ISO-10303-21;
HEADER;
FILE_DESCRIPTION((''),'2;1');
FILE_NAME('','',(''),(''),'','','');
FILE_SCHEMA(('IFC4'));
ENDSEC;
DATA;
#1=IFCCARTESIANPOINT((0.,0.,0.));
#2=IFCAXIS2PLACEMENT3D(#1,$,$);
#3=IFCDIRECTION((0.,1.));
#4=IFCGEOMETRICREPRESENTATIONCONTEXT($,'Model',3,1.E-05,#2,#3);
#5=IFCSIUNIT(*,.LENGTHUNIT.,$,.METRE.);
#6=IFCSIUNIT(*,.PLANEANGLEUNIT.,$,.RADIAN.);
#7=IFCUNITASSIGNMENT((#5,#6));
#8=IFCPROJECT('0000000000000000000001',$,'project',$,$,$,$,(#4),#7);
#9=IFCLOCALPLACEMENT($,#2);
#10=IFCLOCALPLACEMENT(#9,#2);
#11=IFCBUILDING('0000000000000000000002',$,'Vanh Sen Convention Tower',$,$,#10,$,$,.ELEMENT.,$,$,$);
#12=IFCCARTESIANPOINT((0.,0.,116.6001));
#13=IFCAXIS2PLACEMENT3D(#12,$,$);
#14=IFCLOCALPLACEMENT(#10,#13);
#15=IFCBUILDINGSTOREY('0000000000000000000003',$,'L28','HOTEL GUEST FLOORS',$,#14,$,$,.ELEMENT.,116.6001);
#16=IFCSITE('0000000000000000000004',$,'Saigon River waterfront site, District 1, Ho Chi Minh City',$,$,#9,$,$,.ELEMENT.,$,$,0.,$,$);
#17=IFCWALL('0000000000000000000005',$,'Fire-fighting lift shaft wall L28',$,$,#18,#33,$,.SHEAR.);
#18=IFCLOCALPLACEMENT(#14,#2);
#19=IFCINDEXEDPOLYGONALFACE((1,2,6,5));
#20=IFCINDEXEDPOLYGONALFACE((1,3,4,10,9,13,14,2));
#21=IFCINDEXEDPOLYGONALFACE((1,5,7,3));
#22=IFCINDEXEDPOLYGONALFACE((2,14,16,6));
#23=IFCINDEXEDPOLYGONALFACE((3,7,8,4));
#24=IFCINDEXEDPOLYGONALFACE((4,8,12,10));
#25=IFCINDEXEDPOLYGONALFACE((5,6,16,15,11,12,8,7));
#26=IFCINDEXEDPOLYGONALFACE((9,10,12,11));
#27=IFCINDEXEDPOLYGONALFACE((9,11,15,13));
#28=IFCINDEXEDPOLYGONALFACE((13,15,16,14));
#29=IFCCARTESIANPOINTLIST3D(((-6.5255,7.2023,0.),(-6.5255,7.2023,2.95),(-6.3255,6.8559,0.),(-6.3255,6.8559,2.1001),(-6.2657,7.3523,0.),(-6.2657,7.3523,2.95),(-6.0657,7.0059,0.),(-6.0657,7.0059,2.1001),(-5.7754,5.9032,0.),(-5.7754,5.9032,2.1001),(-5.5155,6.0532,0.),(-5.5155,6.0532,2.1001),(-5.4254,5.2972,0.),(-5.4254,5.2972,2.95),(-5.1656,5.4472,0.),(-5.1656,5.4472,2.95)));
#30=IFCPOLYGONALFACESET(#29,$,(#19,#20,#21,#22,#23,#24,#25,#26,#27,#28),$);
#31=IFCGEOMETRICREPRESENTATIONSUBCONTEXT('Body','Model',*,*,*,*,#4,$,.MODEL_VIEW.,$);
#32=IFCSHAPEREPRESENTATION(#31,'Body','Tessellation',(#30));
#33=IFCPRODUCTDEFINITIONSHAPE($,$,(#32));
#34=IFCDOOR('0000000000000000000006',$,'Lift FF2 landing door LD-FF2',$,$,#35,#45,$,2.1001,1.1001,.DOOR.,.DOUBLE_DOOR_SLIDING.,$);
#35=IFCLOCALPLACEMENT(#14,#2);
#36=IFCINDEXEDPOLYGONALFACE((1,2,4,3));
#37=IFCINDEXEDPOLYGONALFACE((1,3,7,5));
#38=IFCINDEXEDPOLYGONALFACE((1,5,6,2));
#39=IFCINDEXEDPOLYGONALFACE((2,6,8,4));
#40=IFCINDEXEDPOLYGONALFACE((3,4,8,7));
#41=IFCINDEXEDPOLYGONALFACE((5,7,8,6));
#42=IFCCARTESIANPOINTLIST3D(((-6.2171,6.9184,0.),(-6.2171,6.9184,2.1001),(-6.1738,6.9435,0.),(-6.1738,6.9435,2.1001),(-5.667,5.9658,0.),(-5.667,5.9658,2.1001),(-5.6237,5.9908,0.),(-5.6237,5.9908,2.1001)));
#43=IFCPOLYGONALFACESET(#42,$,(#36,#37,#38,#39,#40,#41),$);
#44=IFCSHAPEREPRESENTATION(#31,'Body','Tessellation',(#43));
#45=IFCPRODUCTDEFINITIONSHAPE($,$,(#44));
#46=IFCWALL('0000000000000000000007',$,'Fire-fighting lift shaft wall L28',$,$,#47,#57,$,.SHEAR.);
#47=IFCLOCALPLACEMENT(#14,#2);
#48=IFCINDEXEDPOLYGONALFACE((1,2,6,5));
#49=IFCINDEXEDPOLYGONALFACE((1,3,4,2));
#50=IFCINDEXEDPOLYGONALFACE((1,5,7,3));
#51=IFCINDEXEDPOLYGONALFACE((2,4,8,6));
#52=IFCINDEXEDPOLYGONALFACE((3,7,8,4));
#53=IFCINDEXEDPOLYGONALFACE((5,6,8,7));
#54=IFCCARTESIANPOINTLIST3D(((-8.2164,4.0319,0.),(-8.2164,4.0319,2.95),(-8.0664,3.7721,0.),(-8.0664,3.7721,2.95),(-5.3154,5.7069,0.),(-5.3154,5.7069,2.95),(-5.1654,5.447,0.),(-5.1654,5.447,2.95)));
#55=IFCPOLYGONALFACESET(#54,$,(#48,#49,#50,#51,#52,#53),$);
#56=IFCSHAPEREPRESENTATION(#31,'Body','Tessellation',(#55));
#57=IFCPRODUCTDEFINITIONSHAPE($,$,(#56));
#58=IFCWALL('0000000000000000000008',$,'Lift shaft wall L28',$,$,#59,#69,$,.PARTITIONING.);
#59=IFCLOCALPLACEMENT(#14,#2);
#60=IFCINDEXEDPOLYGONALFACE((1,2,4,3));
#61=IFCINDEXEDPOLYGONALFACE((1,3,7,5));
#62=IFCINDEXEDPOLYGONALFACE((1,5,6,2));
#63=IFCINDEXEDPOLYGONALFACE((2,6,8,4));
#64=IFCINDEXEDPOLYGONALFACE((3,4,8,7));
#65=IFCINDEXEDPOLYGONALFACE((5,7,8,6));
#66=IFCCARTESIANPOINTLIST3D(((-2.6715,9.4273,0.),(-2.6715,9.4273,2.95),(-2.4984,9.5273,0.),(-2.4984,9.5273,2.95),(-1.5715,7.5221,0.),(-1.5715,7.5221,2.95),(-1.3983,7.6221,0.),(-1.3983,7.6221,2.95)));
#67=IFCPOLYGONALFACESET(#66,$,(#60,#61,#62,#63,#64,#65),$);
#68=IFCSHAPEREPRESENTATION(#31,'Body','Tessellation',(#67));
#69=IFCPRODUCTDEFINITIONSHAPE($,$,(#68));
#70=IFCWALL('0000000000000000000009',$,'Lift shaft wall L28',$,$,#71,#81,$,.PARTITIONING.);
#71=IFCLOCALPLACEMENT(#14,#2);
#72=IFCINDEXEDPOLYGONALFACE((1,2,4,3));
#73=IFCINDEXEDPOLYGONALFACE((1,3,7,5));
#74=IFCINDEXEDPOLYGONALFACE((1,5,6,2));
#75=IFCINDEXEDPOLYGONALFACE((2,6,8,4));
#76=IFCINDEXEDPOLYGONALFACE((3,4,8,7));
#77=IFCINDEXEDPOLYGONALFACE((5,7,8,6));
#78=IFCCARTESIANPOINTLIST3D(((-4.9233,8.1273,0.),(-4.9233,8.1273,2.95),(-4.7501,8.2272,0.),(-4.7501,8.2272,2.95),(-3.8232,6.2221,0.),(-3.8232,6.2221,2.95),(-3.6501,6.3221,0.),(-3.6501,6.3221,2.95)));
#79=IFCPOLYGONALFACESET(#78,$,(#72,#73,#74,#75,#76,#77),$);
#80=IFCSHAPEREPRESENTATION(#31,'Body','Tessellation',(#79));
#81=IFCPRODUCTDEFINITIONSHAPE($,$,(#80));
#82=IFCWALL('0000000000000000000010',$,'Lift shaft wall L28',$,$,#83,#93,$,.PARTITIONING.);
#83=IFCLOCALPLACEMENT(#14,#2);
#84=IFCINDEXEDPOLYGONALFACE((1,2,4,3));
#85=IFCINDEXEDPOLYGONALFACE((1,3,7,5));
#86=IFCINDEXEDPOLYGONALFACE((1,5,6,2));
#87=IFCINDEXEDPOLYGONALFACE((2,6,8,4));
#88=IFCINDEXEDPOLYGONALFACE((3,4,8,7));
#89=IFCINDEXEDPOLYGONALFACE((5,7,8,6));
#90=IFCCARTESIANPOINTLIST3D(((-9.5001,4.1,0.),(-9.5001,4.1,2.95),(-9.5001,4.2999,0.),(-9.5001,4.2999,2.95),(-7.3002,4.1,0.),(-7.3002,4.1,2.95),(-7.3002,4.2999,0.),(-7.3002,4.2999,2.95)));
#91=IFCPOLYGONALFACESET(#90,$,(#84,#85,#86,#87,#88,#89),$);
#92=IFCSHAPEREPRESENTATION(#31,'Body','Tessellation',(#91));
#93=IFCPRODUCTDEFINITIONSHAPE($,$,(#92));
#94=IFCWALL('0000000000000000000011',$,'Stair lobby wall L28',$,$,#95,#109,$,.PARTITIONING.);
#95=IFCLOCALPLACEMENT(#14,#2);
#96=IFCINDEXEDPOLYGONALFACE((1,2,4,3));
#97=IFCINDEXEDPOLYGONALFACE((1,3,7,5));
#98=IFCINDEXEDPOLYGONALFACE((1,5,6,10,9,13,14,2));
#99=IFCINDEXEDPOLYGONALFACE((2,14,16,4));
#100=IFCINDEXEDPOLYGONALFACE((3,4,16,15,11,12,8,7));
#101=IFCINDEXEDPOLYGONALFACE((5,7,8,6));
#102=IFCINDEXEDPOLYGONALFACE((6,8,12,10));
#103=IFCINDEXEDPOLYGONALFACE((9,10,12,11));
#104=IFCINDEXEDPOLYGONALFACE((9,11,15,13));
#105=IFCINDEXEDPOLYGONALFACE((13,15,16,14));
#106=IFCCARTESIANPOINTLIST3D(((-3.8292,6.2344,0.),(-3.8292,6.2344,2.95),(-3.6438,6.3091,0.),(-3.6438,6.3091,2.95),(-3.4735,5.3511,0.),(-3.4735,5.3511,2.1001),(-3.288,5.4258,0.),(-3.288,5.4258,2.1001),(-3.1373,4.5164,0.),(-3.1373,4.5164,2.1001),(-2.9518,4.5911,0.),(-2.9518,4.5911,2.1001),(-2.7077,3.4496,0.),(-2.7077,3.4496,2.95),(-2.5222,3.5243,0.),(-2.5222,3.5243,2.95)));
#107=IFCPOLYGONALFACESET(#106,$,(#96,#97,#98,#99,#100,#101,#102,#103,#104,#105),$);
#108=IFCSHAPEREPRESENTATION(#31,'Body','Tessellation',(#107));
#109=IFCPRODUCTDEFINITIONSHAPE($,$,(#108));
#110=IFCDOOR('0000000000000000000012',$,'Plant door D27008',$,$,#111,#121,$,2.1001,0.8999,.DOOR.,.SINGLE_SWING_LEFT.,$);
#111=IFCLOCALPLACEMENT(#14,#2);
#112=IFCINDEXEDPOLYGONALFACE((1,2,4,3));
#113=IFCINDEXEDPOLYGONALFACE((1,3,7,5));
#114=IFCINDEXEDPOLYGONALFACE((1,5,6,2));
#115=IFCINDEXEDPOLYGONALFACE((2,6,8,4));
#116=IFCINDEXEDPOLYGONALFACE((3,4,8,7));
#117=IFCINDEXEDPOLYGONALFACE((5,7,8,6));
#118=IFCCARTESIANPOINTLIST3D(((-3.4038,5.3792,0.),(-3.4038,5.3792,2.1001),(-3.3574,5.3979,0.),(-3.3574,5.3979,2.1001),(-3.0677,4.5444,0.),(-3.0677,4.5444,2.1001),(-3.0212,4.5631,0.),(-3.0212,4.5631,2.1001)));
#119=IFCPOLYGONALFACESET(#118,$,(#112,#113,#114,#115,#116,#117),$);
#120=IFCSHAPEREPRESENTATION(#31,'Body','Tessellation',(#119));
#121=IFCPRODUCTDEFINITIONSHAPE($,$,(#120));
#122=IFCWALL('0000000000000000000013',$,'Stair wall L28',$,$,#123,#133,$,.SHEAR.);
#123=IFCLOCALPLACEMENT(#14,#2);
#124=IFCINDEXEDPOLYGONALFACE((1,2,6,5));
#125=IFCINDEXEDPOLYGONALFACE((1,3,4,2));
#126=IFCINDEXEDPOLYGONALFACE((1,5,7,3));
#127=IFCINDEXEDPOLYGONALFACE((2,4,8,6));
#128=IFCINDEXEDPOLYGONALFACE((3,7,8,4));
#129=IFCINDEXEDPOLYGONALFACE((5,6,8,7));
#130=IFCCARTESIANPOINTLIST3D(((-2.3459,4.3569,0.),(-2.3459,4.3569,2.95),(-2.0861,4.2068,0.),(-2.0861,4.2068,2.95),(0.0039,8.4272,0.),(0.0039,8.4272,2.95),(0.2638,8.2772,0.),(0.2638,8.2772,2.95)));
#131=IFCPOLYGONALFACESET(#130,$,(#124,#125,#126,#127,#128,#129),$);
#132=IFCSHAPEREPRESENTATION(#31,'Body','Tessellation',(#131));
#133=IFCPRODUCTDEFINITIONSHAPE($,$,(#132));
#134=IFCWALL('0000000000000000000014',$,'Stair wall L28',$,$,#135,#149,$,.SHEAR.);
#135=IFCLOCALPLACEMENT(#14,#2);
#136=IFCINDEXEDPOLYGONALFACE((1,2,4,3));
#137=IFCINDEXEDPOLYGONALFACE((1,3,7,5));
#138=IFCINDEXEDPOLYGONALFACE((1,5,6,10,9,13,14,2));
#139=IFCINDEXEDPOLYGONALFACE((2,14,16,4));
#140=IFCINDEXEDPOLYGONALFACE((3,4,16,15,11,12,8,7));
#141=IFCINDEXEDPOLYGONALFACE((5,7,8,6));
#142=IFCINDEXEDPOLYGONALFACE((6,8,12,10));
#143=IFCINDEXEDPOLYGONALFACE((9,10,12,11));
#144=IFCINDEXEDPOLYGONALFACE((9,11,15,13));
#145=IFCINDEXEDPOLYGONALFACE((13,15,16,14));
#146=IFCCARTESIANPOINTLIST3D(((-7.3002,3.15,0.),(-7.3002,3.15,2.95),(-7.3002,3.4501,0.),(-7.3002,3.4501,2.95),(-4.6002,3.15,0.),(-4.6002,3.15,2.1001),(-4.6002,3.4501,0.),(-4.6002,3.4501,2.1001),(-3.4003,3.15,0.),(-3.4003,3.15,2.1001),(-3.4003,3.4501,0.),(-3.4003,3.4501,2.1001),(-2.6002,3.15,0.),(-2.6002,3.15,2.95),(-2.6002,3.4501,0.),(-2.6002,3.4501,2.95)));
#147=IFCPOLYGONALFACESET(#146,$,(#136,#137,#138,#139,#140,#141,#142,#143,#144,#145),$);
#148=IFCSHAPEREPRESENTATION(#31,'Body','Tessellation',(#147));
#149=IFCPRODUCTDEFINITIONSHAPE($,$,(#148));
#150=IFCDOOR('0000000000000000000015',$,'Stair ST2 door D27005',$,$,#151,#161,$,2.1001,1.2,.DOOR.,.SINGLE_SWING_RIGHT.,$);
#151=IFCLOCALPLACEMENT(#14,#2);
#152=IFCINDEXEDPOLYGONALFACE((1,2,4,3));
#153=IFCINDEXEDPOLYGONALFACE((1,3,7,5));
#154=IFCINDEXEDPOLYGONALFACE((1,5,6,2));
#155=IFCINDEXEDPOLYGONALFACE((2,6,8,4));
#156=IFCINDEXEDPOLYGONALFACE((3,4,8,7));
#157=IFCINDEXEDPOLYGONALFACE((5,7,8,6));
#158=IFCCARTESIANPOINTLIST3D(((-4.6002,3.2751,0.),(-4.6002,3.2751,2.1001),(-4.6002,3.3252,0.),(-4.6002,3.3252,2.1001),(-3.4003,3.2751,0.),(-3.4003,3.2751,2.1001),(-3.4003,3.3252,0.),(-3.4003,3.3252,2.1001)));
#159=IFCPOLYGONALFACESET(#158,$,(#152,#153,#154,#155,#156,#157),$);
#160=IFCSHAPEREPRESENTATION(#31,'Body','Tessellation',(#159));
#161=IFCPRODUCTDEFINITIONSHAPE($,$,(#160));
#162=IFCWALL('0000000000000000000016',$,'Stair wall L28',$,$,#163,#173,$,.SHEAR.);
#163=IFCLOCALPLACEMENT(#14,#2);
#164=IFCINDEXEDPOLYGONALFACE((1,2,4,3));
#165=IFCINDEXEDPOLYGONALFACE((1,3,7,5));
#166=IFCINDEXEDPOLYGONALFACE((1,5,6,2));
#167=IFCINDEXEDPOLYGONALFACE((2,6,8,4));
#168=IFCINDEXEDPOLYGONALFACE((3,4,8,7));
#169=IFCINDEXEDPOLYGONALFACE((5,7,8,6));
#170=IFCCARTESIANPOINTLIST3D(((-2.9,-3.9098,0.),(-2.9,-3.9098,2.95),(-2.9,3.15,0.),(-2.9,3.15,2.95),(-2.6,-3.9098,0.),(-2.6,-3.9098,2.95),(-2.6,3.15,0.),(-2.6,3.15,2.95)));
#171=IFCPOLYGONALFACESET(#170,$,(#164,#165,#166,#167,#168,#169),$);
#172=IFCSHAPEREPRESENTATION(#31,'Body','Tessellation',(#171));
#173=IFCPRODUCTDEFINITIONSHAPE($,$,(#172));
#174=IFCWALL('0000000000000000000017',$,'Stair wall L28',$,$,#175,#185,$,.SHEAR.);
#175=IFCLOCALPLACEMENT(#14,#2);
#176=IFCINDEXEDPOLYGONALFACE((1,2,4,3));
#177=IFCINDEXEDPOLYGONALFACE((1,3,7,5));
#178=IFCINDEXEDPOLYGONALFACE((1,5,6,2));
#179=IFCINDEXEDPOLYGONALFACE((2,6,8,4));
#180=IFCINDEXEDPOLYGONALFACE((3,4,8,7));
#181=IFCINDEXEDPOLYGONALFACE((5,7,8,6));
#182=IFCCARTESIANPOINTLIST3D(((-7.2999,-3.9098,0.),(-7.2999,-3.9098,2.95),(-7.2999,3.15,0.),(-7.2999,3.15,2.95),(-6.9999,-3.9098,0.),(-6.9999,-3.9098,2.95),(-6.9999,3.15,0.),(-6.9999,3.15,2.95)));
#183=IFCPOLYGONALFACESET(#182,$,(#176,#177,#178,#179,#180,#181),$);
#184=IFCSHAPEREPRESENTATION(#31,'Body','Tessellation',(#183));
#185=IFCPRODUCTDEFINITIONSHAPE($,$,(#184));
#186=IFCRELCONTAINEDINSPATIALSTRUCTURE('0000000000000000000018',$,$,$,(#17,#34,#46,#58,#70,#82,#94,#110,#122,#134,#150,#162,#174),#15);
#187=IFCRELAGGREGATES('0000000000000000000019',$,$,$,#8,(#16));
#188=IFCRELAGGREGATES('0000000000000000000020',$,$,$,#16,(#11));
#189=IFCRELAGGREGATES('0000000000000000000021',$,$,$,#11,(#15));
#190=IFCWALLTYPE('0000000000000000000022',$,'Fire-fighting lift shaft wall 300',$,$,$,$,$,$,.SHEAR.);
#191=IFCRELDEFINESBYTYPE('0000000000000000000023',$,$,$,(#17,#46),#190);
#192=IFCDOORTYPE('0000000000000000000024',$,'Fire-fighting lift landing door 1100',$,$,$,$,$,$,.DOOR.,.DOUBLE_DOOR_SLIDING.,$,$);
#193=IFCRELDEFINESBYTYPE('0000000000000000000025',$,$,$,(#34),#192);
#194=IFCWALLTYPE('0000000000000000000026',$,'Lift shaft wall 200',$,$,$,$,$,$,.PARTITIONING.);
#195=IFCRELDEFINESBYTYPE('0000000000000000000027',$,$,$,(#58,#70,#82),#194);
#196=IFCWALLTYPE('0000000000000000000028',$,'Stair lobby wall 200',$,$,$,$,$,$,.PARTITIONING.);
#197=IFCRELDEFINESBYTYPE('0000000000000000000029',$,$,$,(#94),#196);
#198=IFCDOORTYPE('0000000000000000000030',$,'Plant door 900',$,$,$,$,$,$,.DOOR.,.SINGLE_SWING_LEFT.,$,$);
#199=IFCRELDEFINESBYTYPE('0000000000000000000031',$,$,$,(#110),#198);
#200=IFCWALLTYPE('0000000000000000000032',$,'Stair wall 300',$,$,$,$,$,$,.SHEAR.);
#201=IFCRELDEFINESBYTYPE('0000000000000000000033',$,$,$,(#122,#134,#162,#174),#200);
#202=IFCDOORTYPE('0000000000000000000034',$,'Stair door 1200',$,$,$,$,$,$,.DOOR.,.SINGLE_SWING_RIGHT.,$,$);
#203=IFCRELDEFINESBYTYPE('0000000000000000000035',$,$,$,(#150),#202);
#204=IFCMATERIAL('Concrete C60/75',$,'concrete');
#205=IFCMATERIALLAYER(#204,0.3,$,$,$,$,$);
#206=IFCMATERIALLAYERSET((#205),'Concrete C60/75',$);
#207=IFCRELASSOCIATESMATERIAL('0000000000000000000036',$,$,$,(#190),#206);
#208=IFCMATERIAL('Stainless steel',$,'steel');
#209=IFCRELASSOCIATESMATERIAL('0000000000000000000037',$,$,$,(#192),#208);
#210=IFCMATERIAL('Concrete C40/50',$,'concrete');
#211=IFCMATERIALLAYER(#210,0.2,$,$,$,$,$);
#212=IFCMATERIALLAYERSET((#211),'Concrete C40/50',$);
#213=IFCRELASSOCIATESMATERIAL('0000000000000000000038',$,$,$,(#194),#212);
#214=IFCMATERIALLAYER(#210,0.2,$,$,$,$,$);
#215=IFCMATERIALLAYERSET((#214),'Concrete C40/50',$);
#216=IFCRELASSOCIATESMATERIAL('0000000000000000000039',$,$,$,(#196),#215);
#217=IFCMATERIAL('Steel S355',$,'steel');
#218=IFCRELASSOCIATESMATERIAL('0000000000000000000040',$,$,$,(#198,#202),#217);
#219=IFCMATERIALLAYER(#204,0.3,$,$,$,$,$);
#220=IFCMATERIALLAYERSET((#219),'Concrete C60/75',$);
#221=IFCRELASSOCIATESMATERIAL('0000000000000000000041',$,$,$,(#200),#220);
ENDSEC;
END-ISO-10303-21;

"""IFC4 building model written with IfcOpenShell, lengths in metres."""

from ifc_helpers import new_model, si_unit, direction, frame, frame_2d, origin, place, context, subcontext, project, spatial, rectangle, extrude, material, layer, layer_set, type_object, element, fill, save


model = new_model("IFC4")

# Units and contexts
model_context = context("Model", 3, precision=1e-05, world=origin(), true_north=direction((0.0, 1.0)))
body_context = subcontext(model_context, "Body", "Model", "MODEL_VIEW")
ifc_project = project(units=[si_unit("LENGTHUNIT", "METRE"), si_unit("PLANEANGLEUNIT", "RADIAN")], contexts=[model_context])

# Site, building, storey
site_placement = place(None, origin())
site = spatial("IfcSite", under=ifc_project, at=site_placement, Name="Saigon River waterfront site, District 1, Ho Chi Minh City", CompositionType="ELEMENT", RefElevation=0.0)
building_placement = place(site_placement, origin())
building = spatial("IfcBuilding", under=site, at=building_placement, Name="Vanh Sen Convention Tower", CompositionType="ELEMENT")
storey_placement = place(building_placement, frame((0.0, 0.0, 116.6001)))
storey = spatial("IfcBuildingStorey", under=building, at=storey_placement, Name="L28", Description="HOTEL GUEST FLOORS", CompositionType="ELEMENT", Elevation=116.6001)

# Wall, opening, door
ifc_material_1 = material(Name="Concrete C60/75", Category="concrete")
ifc_layer_1 = layer(ifc_material_1, 0.3)
ifc_layer_set_1 = layer_set([ifc_layer_1], Name="Concrete C60/75")
wall_type_1 = type_object("IfcWallType", Name="Fire-fighting lift shaft wall 300", PredefinedType="SHEAR", material=ifc_layer_set_1)
wall_1_placement = place(storey_placement, frame((-5.2954, 5.3721, 0.0), z_axis=(0.0, 0.0, 1.0), x_axis=(-0.500078, 0.86598, 0.0)))
wall_1 = element("IfcWall", 1, at=wall_1_placement, inside=storey, type_object=wall_type_1, Name="Fire-fighting lift shaft wall L28", PredefinedType="SHEAR", context=body_context, shape_type="SweptSolid", body=[
    extrude(rectangle(XDim=2.2, YDim=0.3, at=frame_2d((1.1001, 0.0))), origin(), (0.0, 0.0, 1.0), 2.95),
])
opening_1_placement = place(wall_1_placement, frame((0.7, 0.0, 0.0)))
opening_1 = element("IfcOpeningElement", 2, at=opening_1_placement, cuts=wall_1, PredefinedType="OPENING", context=body_context, shape_type="SweptSolid", body=[
    extrude(rectangle(XDim=1.1001, YDim=2.1001, at=frame_2d((0.55, 1.05))), frame((0.0, 0.1599, 0.0), z_axis=(0.0, -1.0, 0.0), x_axis=(1.0, 0.0, 0.0)), (0.0, 0.0, 1.0), 0.3201),
])
ifc_material_2 = material(Name="Stainless steel", Category="steel")
door_type_1 = type_object("IfcDoorType", Name="Fire-fighting lift landing door 1100", OperationType="DOUBLE_DOOR_SLIDING", PredefinedType="DOOR", material=ifc_material_2)
door_1_placement = place(opening_1_placement, origin())
door_1 = element("IfcDoor", 3, at=door_1_placement, inside=storey, type_object=door_type_1, Name="Lift FF2 landing door LD-FF2", OperationType="DOUBLE_DOOR_SLIDING", OverallHeight=2.1001, OverallWidth=1.1001, PredefinedType="DOOR", context=body_context, shape_type="SweptSolid", body=[
    extrude(rectangle(XDim=1.1001, YDim=2.1001, at=frame_2d((0.55, 1.05))), frame((0.0, 0.0249, 0.0), z_axis=(0.0, -1.0, 0.0), x_axis=(1.0, 0.0, 0.0)), (0.0, 0.0, 1.0), 0.05),
])
fill(opening_1, door_1)

# Walls
wall_2_placement = place(storey_placement, frame((-5.2405, 5.5769, 0.0), z_axis=(0.0, 0.0, 1.0), x_axis=(-0.866014, -0.500019, 0.0)))
element("IfcWall", 4, at=wall_2_placement, inside=storey, type_object=wall_type_1, Name="Fire-fighting lift shaft wall L28", PredefinedType="SHEAR", context=body_context, shape_type="SweptSolid", body=[
    extrude(rectangle(XDim=3.3499, YDim=0.3, at=frame_2d((1.6748, 0.0))), origin(), (0.0, 0.0, 1.0), 2.95),
])
ifc_material_3 = material(Name="Concrete C40/50", Category="concrete")
ifc_layer_2 = layer(ifc_material_3, 0.2)
ifc_layer_set_2 = layer_set([ifc_layer_2], Name="Concrete C40/50")
wall_type_2 = type_object("IfcWallType", Name="Lift shaft wall 200", PredefinedType="PARTITIONING", material=ifc_layer_set_2)
for number, where, z_axis, x_axis, name in (
    (5, (-1.4849, 7.572, 0.0), (0.0, 0.0, 1.0), (-0.50003, 0.866008, 0.0), "Lift shaft wall L28"),
    (6, (-3.7366, 6.272, 0.0), (0.0, 0.0, 1.0), (-0.50003, 0.866008, 0.0), "Lift shaft wall L28"),
    (7, (-7.3, 4.2, 0.0), (0.0, 0.0, 1.0), (-1.0, 0.0, 0.0), "Lift shaft wall L28"),
):
    element("IfcWall", number, at=place(storey_placement, frame(where, z_axis=z_axis, x_axis=x_axis)), inside=storey, type_object=wall_type_2, Name=name, PredefinedType="PARTITIONING", context=body_context, shape_type="SweptSolid", body=[
        extrude(rectangle(XDim=2.2, YDim=0.2, at=frame_2d((1.1001, 0.0))), origin(), (0.0, 0.0, 1.0), 2.95),
    ])

# Wall, opening, door
ifc_layer_3 = layer(ifc_material_3, 0.2)
ifc_layer_set_3 = layer_set([ifc_layer_3], Name="Concrete C40/50")
wall_type_3 = type_object("IfcWallType", Name="Stair lobby wall 200", PredefinedType="PARTITIONING", material=ifc_layer_set_3)
wall_3_placement = place(storey_placement, frame((-2.615, 3.4871, 0.0), z_axis=(0.0, 0.0, 1.0), x_axis=(-0.373577, 0.927599, 0.0)))
wall_3 = element("IfcWall", 8, at=wall_3_placement, inside=storey, type_object=wall_type_3, Name="Stair lobby wall L28", PredefinedType="PARTITIONING", context=body_context, shape_type="SweptSolid", body=[
    extrude(rectangle(XDim=3.0022, YDim=0.2, at=frame_2d((1.501, 0.0))), origin(), (0.0, 0.0, 1.0), 2.95),
])
opening_2_placement = place(wall_3_placement, frame((1.1499, 0.0, 0.0)))
opening_2 = element("IfcOpeningElement", 9, at=opening_2_placement, cuts=wall_3, PredefinedType="OPENING", context=body_context, shape_type="SweptSolid", body=[
    extrude(rectangle(XDim=0.8999, YDim=2.1001, at=frame_2d((0.45, 1.05))), frame((0.0, 0.1099, 0.0), z_axis=(0.0, -1.0, 0.0), x_axis=(1.0, 0.0, 0.0)), (0.0, 0.0, 1.0), 0.22),
])
ifc_material_4 = material(Name="Steel S355", Category="steel")
door_type_2 = type_object("IfcDoorType", Name="Plant door 900", OperationType="SINGLE_SWING_LEFT", PredefinedType="DOOR", material=ifc_material_4)
door_2_placement = place(opening_2_placement, origin())
door_2 = element("IfcDoor", 10, at=door_2_placement, inside=storey, type_object=door_type_2, Name="Plant door D27008", OperationType="SINGLE_SWING_LEFT", OverallHeight=2.1001, OverallWidth=0.8999, PredefinedType="DOOR", context=body_context, shape_type="SweptSolid", body=[
    extrude(rectangle(XDim=0.8999, YDim=2.1001, at=frame_2d((0.45, 1.05))), frame((0.0, 0.0249, 0.0), z_axis=(0.0, -1.0, 0.0), x_axis=(1.0, 0.0, 0.0)), (0.0, 0.0, 1.0), 0.05),
])
fill(opening_2, door_2)

# Wall
ifc_layer_4 = layer(ifc_material_1, 0.3)
ifc_layer_set_4 = layer_set([ifc_layer_4], Name="Concrete C60/75")
wall_type_4 = type_object("IfcWallType", Name="Stair wall 300", PredefinedType="SHEAR", material=ifc_layer_set_4)
wall_4_placement = place(storey_placement, frame((-2.2161, 4.2817, 0.0), z_axis=(0.0, 0.0, 1.0), x_axis=(0.499977, 0.866039, 0.0)))
element("IfcWall", 11, at=wall_4_placement, inside=storey, type_object=wall_type_4, Name="Stair wall L28", PredefinedType="SHEAR", context=body_context, shape_type="SweptSolid", body=[
    extrude(rectangle(XDim=4.7, YDim=0.3, at=frame_2d((2.3501, 0.0))), origin(), (0.0, 0.0, 1.0), 2.95),
])

# Wall, opening, door
wall_5_placement = place(storey_placement, frame((-2.6001, 3.3, 0.0), z_axis=(0.0, 0.0, 1.0), x_axis=(-1.0, 0.0, 0.0)))
wall_5 = element("IfcWall", 12, at=wall_5_placement, inside=storey, type_object=wall_type_4, Name="Stair wall L28", PredefinedType="SHEAR", context=body_context, shape_type="SweptSolid", body=[
    extrude(rectangle(XDim=4.7, YDim=0.3, at=frame_2d((2.3501, 0.0))), origin(), (0.0, 0.0, 1.0), 2.95),
])
opening_3_placement = place(wall_5_placement, frame((0.8, 0.0, 0.0)))
opening_3 = element("IfcOpeningElement", 13, at=opening_3_placement, cuts=wall_5, PredefinedType="OPENING", context=body_context, shape_type="SweptSolid", body=[
    extrude(rectangle(XDim=1.2, YDim=2.1001, at=frame_2d((0.6001, 1.05))), frame((0.0, 0.1599, 0.0), z_axis=(0.0, -1.0, 0.0), x_axis=(1.0, 0.0, 0.0)), (0.0, 0.0, 1.0), 0.3201),
])
door_type_3 = type_object("IfcDoorType", Name="Stair door 1200", OperationType="SINGLE_SWING_RIGHT", PredefinedType="DOOR", material=ifc_material_4)
door_3_placement = place(opening_3_placement, origin())
door_3 = element("IfcDoor", 14, at=door_3_placement, inside=storey, type_object=door_type_3, Name="Stair ST2 door D27005", OperationType="SINGLE_SWING_RIGHT", OverallHeight=2.1001, OverallWidth=1.2, PredefinedType="DOOR", context=body_context, shape_type="SweptSolid", body=[
    extrude(rectangle(XDim=1.2, YDim=2.1001, at=frame_2d((0.6001, 1.05))), frame((0.0, 0.0249, 0.0), z_axis=(0.0, -1.0, 0.0), x_axis=(1.0, 0.0, 0.0)), (0.0, 0.0, 1.0), 0.05),
])
fill(opening_3, door_3)

# Walls
for number, where, z_axis, x_axis, name in (
    (15, (-2.75, 3.1499, 0.0), (0.0, 0.0, 1.0), (0.0, -1.0, 0.0), "Stair wall L28"),
    (16, (-7.1499, 3.1499, 0.0), (0.0, 0.0, 1.0), (0.0, -1.0, 0.0), "Stair wall L28"),
):
    element("IfcWall", number, at=place(storey_placement, frame(where, z_axis=z_axis, x_axis=x_axis)), inside=storey, type_object=wall_type_4, Name=name, PredefinedType="SHEAR", context=body_context, shape_type="SweptSolid", body=[
        extrude(rectangle(XDim=7.0598, YDim=0.3, at=frame_2d((3.5298, 0.0))), origin(), (0.0, 0.0, 1.0), 2.95),
    ])

save(model, "model.ifc")
